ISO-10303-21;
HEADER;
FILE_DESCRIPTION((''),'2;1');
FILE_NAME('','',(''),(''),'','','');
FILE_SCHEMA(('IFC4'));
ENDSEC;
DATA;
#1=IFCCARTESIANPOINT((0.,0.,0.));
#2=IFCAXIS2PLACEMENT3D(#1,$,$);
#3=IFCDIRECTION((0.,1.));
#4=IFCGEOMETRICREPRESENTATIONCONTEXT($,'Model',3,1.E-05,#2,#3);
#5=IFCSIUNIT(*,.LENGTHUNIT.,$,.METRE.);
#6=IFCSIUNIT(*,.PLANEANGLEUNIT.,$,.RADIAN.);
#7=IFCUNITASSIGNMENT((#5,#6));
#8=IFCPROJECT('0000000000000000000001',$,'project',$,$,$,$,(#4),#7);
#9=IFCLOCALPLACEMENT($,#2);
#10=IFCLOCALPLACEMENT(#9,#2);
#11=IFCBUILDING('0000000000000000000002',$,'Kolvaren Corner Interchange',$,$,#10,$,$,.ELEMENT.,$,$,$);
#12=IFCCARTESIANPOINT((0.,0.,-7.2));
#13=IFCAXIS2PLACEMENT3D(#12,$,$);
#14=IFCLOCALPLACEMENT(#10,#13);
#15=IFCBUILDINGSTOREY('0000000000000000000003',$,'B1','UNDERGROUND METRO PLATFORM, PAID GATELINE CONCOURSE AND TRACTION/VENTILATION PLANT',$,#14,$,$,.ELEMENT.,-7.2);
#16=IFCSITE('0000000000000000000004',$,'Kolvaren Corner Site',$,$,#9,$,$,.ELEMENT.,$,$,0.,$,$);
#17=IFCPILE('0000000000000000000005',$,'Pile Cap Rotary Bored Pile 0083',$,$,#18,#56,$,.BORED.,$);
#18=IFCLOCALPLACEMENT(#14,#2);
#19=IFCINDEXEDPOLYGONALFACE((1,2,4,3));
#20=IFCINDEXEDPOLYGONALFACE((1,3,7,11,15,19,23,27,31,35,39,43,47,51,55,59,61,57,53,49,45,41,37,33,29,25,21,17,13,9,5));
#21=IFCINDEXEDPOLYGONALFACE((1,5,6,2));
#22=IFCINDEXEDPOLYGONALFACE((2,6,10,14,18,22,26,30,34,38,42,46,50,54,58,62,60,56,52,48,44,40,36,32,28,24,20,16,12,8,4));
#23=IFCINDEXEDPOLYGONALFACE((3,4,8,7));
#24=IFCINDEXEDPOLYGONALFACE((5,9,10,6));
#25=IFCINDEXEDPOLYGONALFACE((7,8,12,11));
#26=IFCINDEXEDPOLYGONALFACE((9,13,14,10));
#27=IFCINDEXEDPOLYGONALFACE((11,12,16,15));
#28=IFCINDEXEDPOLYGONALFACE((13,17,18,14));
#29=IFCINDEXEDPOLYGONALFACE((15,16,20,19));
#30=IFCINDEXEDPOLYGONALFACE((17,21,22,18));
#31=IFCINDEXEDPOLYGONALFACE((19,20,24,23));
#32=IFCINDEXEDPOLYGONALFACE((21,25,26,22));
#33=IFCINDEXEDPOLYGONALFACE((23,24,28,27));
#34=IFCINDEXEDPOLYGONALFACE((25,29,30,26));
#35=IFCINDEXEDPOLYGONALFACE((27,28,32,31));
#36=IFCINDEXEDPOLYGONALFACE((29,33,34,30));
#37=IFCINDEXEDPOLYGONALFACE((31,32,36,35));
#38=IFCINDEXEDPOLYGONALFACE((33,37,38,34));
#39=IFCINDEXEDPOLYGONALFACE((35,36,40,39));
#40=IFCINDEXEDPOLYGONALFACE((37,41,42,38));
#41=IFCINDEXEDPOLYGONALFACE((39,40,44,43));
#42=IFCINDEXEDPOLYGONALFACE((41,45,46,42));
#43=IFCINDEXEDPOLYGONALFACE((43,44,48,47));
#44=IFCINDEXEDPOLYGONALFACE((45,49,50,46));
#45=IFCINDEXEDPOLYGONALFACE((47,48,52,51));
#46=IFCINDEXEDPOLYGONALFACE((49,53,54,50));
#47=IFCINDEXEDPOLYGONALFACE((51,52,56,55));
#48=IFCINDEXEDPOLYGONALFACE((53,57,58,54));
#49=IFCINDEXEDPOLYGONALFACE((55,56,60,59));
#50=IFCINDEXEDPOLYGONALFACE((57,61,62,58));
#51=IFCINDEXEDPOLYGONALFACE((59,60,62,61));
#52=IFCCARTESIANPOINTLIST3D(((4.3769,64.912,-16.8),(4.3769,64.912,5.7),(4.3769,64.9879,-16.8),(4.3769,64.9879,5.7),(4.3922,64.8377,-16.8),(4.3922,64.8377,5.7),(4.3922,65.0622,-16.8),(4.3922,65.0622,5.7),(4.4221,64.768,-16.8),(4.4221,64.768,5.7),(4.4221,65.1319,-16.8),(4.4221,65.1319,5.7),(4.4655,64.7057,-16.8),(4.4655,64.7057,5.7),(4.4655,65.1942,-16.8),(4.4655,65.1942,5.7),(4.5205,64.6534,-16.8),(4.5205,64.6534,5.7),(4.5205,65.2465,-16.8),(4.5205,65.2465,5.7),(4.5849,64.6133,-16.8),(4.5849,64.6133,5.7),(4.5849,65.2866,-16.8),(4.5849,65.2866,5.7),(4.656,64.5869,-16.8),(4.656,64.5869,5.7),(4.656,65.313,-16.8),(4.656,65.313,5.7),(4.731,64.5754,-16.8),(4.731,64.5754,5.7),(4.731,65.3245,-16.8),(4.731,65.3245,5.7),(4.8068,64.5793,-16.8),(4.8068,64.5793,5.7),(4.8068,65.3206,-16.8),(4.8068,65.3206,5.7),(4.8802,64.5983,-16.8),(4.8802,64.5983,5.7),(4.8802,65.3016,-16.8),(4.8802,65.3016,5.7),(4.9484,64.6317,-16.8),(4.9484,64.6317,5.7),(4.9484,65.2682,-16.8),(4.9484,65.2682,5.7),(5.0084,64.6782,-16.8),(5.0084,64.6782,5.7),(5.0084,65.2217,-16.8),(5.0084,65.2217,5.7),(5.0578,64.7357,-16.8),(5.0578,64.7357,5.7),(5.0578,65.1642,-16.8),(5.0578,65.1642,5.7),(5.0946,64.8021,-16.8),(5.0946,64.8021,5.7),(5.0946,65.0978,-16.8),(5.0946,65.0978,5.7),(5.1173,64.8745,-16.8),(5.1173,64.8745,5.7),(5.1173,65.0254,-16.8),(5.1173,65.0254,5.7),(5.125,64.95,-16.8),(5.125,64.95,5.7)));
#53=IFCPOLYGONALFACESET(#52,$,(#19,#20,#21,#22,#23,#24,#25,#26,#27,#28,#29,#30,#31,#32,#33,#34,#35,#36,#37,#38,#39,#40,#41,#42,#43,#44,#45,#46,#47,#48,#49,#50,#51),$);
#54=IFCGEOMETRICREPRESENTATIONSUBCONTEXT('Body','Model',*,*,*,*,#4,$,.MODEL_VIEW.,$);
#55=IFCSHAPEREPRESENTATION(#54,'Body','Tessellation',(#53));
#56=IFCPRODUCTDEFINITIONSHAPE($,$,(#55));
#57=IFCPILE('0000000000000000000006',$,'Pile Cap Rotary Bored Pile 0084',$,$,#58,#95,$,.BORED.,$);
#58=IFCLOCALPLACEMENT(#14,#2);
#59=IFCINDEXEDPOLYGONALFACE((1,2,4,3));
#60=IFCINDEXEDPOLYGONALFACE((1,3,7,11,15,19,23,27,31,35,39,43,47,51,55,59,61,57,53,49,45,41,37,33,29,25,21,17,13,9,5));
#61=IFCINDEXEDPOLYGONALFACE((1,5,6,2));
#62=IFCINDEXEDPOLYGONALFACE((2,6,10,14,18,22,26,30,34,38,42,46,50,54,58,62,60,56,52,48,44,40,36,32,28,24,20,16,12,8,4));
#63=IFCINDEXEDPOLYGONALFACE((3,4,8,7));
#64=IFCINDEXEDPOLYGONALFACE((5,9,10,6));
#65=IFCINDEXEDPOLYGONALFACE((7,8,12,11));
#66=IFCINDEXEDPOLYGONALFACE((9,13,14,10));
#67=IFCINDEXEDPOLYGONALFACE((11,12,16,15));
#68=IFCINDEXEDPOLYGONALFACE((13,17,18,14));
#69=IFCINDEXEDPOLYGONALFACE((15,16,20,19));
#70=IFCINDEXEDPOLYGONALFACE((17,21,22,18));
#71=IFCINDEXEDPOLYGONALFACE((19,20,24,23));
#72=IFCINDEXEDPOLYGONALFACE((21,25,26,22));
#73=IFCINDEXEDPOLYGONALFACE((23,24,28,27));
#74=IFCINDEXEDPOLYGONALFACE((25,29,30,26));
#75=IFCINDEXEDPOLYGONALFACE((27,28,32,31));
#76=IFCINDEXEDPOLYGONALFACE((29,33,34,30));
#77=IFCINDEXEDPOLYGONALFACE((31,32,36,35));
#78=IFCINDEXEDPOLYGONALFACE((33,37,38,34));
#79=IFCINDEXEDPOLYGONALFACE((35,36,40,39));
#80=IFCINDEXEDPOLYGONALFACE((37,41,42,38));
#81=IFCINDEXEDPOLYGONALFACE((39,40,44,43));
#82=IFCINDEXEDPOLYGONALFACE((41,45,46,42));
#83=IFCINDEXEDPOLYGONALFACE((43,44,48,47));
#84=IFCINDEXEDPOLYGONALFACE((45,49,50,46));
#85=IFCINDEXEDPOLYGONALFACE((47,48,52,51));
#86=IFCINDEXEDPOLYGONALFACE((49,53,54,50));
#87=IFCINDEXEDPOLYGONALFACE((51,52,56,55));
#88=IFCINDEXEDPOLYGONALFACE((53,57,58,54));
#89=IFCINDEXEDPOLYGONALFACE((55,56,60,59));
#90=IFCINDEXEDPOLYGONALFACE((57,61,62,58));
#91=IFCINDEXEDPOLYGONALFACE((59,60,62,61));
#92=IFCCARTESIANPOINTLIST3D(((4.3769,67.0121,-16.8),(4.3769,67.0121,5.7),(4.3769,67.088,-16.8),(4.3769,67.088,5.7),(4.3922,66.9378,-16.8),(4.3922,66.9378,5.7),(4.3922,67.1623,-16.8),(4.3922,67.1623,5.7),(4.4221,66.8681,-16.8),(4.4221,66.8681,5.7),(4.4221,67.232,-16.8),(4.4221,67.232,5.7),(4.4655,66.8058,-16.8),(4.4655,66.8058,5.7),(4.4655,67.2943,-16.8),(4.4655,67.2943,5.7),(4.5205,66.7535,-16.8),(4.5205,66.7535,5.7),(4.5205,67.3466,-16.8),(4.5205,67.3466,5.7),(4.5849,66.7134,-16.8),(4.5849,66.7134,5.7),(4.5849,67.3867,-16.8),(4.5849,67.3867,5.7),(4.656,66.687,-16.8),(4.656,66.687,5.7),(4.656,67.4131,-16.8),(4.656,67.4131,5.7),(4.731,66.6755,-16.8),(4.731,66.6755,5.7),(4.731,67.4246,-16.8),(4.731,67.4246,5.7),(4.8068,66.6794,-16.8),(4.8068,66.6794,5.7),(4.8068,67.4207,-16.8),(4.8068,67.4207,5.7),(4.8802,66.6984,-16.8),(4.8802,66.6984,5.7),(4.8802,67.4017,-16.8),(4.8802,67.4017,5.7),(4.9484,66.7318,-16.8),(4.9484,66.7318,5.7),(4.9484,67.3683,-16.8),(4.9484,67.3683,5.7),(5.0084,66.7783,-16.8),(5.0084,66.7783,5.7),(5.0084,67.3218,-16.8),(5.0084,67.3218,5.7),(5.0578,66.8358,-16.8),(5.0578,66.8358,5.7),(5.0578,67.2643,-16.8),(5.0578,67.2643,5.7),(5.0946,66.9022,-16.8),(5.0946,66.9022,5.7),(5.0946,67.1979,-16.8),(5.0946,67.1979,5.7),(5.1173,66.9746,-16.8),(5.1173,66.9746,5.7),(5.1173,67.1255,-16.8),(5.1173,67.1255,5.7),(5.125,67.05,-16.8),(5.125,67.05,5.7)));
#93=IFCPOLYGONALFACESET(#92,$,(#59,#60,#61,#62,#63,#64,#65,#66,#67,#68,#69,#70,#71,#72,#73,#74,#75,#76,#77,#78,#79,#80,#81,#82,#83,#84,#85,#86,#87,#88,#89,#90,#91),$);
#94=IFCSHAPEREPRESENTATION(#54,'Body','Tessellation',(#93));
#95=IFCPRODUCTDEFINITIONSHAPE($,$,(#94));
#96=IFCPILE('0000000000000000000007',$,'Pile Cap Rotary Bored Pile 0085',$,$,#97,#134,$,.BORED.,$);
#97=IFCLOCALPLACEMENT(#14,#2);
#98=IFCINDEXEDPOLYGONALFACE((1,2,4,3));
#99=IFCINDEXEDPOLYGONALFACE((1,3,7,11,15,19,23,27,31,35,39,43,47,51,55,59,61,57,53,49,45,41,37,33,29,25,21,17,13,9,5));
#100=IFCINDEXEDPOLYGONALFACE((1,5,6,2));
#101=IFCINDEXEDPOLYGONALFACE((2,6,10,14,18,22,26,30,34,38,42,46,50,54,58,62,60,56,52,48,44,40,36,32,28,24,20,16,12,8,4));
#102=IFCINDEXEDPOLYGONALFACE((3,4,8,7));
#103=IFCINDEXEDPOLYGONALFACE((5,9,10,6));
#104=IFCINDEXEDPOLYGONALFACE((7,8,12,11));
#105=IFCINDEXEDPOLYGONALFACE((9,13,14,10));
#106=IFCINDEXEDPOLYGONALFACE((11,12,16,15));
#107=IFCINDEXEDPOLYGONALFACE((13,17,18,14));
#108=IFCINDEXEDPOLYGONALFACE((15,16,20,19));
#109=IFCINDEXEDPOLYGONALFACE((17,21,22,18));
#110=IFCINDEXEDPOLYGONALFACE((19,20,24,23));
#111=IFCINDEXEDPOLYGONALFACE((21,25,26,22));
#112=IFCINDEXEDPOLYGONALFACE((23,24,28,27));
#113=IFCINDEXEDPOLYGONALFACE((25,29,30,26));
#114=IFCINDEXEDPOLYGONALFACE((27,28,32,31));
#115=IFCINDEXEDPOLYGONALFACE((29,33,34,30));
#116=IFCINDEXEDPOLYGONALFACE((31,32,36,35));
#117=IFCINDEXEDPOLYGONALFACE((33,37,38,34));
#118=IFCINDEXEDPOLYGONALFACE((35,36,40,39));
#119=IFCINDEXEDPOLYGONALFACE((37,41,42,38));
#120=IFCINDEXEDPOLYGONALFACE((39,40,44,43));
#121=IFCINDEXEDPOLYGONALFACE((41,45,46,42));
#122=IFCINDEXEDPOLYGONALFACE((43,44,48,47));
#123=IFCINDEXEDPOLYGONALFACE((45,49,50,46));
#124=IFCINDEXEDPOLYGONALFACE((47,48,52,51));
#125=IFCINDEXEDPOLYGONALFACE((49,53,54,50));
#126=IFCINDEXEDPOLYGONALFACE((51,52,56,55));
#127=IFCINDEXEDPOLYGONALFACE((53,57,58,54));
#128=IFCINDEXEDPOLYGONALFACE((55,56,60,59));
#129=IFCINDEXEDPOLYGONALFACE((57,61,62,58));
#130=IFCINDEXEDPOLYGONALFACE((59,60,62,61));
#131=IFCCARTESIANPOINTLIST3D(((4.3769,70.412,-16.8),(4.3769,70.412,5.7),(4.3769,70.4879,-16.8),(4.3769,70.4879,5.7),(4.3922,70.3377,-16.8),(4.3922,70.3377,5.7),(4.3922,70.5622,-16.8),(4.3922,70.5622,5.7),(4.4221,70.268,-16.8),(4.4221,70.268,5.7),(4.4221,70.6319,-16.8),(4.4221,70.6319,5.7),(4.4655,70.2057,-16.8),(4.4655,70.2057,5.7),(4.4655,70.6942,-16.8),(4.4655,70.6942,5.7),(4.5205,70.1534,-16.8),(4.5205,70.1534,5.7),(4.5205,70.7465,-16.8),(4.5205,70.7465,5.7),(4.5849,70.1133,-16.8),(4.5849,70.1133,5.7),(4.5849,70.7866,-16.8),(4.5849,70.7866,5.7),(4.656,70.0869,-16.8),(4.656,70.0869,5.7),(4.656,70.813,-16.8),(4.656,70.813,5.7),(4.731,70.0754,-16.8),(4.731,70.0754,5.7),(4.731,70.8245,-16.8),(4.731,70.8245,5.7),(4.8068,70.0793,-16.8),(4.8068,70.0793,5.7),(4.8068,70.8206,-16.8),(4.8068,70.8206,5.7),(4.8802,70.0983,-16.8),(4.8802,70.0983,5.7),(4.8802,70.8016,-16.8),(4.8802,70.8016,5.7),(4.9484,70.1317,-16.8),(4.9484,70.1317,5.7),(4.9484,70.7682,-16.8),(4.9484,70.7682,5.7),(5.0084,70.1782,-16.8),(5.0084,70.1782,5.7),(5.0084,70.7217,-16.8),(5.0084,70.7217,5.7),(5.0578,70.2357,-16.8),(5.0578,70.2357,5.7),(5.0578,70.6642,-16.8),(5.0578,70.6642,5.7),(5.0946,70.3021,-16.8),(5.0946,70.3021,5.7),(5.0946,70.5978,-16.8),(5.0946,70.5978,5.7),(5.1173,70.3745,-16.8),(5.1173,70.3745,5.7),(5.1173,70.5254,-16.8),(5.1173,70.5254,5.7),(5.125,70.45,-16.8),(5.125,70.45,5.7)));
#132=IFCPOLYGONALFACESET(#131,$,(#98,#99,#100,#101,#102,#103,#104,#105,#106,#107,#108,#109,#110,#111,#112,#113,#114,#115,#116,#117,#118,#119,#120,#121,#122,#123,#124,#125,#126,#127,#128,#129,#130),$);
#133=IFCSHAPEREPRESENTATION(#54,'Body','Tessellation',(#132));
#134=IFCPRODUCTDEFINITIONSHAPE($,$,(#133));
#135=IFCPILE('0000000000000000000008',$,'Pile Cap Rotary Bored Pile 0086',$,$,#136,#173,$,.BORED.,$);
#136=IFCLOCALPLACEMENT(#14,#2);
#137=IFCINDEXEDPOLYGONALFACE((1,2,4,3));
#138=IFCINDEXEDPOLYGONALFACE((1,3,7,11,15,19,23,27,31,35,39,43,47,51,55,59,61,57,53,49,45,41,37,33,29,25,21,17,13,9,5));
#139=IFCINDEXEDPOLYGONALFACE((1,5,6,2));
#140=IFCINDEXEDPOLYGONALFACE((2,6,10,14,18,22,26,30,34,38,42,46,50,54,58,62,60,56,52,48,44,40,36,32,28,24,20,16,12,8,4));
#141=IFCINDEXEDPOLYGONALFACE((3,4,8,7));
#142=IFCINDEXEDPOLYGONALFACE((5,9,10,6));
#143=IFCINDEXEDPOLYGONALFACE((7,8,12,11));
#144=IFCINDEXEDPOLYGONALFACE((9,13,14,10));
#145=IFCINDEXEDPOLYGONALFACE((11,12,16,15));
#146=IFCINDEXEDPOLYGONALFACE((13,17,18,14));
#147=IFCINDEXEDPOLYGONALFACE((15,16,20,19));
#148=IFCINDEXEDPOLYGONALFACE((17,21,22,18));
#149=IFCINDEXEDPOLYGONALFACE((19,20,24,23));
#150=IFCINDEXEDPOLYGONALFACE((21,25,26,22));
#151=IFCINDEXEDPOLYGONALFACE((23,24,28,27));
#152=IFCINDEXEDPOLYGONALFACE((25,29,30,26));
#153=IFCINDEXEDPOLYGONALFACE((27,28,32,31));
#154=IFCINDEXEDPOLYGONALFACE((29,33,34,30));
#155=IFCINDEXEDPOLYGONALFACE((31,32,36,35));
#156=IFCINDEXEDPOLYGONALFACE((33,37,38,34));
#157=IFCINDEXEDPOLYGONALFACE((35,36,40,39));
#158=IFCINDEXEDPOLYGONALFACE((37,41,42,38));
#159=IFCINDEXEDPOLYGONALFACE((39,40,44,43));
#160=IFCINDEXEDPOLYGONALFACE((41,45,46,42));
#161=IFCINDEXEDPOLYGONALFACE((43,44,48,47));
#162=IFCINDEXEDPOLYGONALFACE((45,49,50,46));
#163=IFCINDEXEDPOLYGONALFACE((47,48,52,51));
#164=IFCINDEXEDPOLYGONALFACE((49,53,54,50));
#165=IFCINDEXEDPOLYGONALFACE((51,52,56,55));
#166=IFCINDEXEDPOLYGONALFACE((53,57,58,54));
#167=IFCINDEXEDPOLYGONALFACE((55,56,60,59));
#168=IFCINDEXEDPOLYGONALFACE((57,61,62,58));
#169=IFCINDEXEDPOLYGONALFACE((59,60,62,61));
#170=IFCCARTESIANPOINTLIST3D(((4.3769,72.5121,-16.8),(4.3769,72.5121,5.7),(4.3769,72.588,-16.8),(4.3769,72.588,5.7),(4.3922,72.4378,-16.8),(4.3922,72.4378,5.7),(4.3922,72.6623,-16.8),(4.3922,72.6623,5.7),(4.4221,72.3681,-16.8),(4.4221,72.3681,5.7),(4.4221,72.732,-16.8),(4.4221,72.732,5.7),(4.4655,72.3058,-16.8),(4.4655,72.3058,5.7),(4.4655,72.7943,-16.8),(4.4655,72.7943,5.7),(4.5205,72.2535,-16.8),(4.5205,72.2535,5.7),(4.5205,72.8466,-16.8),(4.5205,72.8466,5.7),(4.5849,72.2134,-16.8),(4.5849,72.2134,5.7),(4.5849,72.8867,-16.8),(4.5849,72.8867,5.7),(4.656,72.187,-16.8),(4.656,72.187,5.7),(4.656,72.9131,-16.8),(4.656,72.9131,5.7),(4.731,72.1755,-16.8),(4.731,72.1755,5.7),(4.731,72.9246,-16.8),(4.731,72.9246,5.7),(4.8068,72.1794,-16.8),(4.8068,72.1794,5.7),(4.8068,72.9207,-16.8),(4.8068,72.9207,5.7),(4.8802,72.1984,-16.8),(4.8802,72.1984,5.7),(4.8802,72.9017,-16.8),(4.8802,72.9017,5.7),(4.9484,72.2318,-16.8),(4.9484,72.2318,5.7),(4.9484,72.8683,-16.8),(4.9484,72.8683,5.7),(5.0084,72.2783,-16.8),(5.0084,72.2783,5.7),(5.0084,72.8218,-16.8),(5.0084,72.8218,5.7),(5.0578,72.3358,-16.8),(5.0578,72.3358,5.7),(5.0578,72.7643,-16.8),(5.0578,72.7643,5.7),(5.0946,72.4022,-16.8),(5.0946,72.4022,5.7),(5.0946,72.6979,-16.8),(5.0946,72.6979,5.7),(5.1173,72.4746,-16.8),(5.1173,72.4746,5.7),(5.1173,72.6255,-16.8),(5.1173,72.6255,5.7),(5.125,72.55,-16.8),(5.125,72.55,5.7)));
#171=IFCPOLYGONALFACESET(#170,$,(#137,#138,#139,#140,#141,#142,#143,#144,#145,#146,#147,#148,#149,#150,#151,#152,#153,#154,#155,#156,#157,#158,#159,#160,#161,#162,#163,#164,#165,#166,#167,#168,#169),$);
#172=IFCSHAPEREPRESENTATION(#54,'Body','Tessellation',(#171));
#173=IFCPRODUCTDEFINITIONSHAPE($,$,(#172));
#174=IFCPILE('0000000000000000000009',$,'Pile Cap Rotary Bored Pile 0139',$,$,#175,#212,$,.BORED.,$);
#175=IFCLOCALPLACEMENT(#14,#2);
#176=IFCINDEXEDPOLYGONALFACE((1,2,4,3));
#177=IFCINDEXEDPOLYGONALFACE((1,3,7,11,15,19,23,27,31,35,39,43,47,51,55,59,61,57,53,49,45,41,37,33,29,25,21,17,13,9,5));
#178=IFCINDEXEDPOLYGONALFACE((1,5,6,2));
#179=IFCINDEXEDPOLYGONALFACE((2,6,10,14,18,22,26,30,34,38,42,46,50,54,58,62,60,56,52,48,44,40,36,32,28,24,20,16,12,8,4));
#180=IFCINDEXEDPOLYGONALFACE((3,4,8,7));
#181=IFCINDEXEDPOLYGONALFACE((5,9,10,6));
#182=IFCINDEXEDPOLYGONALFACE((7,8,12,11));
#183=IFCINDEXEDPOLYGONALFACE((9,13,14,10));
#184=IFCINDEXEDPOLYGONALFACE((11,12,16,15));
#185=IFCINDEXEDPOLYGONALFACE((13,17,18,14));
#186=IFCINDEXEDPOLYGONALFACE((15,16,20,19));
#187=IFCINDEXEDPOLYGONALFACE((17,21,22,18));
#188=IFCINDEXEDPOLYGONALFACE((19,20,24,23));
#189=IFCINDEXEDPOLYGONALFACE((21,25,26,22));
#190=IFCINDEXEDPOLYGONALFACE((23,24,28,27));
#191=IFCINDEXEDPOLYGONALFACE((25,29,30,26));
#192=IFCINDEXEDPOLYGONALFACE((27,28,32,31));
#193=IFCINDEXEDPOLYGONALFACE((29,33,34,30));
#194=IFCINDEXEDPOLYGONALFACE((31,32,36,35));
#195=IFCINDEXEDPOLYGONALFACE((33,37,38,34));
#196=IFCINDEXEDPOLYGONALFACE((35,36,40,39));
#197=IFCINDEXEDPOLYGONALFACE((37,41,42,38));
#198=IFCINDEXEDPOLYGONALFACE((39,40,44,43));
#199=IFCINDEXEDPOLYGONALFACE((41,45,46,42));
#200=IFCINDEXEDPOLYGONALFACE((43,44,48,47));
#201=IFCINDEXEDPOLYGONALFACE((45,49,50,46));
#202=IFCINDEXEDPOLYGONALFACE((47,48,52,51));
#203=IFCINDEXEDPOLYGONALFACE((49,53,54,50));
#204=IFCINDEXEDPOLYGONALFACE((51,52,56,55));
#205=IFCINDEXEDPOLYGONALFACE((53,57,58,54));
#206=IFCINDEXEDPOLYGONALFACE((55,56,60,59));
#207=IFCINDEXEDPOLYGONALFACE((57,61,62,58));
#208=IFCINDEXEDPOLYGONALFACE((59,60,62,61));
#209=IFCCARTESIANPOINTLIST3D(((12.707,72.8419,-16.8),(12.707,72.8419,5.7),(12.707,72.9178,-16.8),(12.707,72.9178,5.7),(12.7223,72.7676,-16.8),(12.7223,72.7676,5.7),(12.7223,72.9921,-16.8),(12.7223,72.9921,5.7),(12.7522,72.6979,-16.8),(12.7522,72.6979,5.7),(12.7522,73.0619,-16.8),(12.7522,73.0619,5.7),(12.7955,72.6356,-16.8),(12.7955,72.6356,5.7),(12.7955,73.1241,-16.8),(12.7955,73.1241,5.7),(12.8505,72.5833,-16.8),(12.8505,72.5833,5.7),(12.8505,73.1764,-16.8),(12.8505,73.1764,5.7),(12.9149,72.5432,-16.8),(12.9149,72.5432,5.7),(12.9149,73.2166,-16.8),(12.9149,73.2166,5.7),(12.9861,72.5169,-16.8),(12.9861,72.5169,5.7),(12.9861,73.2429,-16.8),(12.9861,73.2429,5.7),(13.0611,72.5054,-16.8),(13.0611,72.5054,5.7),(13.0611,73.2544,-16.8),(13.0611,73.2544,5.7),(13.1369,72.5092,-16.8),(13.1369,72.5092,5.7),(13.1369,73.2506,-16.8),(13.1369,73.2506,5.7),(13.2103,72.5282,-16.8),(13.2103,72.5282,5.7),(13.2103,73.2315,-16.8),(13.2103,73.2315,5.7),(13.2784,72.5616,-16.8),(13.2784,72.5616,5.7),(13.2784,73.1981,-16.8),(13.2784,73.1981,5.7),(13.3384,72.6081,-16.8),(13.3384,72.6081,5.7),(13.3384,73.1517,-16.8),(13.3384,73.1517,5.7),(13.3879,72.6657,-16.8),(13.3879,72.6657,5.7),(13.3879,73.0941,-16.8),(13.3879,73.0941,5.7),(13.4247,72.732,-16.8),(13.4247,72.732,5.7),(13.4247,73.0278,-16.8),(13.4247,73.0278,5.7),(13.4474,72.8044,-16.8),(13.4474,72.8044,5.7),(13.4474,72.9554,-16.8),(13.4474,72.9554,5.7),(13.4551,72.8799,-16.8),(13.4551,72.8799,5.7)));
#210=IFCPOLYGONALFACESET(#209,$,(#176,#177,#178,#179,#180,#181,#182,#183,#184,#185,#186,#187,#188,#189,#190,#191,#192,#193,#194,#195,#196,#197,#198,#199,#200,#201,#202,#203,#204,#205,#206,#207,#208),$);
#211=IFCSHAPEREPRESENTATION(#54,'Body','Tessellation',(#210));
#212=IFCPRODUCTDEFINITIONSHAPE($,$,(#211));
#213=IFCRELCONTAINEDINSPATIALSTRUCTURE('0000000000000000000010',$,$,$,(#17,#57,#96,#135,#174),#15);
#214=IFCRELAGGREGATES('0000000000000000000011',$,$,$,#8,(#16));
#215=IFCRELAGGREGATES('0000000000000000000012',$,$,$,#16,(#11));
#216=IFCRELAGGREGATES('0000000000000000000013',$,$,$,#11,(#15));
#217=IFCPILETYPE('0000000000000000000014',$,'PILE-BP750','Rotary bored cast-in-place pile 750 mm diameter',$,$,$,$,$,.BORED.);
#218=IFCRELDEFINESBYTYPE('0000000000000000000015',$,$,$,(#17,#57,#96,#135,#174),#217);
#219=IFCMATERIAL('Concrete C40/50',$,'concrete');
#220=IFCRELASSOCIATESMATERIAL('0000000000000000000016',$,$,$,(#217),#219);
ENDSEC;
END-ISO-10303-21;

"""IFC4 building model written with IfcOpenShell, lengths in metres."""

from ifc_helpers import new_model, si_unit, direction, frame, origin, origin_2d, place, context, subcontext, project, spatial, circle, extrude, material, material_profile, profile_set, type_object, element, save


model = new_model("IFC4")

# Units and contexts
model_context = context("Model", 3, precision=1e-05, world=origin(), true_north=direction((0.0, 1.0)))
body_context = subcontext(model_context, "Body", "Model", "MODEL_VIEW")
ifc_project = project(units=[si_unit("LENGTHUNIT", "METRE"), si_unit("PLANEANGLEUNIT", "RADIAN")], contexts=[model_context])

# Site, building, storey
site_placement = place(None, origin())
site = spatial("IfcSite", under=ifc_project, at=site_placement, Name="Kolvaren Corner Site", CompositionType="ELEMENT", RefElevation=0.0)
building_placement = place(site_placement, origin())
building = spatial("IfcBuilding", under=site, at=building_placement, Name="Kolvaren Corner Interchange", CompositionType="ELEMENT")
storey_placement = place(building_placement, frame((0.0, 0.0, -7.2)))
storey = spatial("IfcBuildingStorey", under=building, at=storey_placement, Name="B1", Description="UNDERGROUND METRO PLATFORM, PAID GATELINE CONCOURSE AND TRACTION/VENTILATION PLANT", CompositionType="ELEMENT", Elevation=-7.2)

# Piles
ifc_material_1 = material(Name="Concrete C40/50", Category="concrete")
ifc_material_profile_1 = material_profile(ifc_material_1, circle(Radius=0.375, at=origin_2d()), Name="BORED PILE 750")
ifc_profile_set_1 = profile_set([ifc_material_profile_1], Name="Concrete C40/50")
pile_type_1 = type_object("IfcPileType", Name="PILE-BP750", Description="Rotary bored cast-in-place pile 750 mm diameter", PredefinedType="BORED", material=ifc_profile_set_1)
for number, where, z_axis, x_axis, name in (
    (1, (4.75, 64.95, 5.7), (0.0, 0.0, -1.0), (1.0, 0.0, 0.0), "Pile Cap Rotary Bored Pile 0083"),
    (2, (4.75, 67.05, 5.7), (0.0, 0.0, -1.0), (1.0, 0.0, 0.0), "Pile Cap Rotary Bored Pile 0084"),
    (3, (4.75, 70.45, 5.7), (0.0, 0.0, -1.0), (1.0, 0.0, 0.0), "Pile Cap Rotary Bored Pile 0085"),
    (4, (4.75, 72.55, 5.7), (0.0, 0.0, -1.0), (1.0, 0.0, 0.0), "Pile Cap Rotary Bored Pile 0086"),
    (5, (13.0801, 72.8799, 5.7), (0.0, 0.0, -1.0), (1.0, 0.0, 0.0), "Pile Cap Rotary Bored Pile 0139"),
):
    element("IfcPile", number, at=place(storey_placement, frame(where, z_axis=z_axis, x_axis=x_axis)), inside=storey, type_object=pile_type_1, Name=name, PredefinedType="BORED", context=body_context, shape_type="SweptSolid", body=[
        extrude(circle(Radius=0.375, at=origin_2d()), origin(), (0.0, 0.0, 1.0), 22.5),
    ])

save(model, "model.ifc")
